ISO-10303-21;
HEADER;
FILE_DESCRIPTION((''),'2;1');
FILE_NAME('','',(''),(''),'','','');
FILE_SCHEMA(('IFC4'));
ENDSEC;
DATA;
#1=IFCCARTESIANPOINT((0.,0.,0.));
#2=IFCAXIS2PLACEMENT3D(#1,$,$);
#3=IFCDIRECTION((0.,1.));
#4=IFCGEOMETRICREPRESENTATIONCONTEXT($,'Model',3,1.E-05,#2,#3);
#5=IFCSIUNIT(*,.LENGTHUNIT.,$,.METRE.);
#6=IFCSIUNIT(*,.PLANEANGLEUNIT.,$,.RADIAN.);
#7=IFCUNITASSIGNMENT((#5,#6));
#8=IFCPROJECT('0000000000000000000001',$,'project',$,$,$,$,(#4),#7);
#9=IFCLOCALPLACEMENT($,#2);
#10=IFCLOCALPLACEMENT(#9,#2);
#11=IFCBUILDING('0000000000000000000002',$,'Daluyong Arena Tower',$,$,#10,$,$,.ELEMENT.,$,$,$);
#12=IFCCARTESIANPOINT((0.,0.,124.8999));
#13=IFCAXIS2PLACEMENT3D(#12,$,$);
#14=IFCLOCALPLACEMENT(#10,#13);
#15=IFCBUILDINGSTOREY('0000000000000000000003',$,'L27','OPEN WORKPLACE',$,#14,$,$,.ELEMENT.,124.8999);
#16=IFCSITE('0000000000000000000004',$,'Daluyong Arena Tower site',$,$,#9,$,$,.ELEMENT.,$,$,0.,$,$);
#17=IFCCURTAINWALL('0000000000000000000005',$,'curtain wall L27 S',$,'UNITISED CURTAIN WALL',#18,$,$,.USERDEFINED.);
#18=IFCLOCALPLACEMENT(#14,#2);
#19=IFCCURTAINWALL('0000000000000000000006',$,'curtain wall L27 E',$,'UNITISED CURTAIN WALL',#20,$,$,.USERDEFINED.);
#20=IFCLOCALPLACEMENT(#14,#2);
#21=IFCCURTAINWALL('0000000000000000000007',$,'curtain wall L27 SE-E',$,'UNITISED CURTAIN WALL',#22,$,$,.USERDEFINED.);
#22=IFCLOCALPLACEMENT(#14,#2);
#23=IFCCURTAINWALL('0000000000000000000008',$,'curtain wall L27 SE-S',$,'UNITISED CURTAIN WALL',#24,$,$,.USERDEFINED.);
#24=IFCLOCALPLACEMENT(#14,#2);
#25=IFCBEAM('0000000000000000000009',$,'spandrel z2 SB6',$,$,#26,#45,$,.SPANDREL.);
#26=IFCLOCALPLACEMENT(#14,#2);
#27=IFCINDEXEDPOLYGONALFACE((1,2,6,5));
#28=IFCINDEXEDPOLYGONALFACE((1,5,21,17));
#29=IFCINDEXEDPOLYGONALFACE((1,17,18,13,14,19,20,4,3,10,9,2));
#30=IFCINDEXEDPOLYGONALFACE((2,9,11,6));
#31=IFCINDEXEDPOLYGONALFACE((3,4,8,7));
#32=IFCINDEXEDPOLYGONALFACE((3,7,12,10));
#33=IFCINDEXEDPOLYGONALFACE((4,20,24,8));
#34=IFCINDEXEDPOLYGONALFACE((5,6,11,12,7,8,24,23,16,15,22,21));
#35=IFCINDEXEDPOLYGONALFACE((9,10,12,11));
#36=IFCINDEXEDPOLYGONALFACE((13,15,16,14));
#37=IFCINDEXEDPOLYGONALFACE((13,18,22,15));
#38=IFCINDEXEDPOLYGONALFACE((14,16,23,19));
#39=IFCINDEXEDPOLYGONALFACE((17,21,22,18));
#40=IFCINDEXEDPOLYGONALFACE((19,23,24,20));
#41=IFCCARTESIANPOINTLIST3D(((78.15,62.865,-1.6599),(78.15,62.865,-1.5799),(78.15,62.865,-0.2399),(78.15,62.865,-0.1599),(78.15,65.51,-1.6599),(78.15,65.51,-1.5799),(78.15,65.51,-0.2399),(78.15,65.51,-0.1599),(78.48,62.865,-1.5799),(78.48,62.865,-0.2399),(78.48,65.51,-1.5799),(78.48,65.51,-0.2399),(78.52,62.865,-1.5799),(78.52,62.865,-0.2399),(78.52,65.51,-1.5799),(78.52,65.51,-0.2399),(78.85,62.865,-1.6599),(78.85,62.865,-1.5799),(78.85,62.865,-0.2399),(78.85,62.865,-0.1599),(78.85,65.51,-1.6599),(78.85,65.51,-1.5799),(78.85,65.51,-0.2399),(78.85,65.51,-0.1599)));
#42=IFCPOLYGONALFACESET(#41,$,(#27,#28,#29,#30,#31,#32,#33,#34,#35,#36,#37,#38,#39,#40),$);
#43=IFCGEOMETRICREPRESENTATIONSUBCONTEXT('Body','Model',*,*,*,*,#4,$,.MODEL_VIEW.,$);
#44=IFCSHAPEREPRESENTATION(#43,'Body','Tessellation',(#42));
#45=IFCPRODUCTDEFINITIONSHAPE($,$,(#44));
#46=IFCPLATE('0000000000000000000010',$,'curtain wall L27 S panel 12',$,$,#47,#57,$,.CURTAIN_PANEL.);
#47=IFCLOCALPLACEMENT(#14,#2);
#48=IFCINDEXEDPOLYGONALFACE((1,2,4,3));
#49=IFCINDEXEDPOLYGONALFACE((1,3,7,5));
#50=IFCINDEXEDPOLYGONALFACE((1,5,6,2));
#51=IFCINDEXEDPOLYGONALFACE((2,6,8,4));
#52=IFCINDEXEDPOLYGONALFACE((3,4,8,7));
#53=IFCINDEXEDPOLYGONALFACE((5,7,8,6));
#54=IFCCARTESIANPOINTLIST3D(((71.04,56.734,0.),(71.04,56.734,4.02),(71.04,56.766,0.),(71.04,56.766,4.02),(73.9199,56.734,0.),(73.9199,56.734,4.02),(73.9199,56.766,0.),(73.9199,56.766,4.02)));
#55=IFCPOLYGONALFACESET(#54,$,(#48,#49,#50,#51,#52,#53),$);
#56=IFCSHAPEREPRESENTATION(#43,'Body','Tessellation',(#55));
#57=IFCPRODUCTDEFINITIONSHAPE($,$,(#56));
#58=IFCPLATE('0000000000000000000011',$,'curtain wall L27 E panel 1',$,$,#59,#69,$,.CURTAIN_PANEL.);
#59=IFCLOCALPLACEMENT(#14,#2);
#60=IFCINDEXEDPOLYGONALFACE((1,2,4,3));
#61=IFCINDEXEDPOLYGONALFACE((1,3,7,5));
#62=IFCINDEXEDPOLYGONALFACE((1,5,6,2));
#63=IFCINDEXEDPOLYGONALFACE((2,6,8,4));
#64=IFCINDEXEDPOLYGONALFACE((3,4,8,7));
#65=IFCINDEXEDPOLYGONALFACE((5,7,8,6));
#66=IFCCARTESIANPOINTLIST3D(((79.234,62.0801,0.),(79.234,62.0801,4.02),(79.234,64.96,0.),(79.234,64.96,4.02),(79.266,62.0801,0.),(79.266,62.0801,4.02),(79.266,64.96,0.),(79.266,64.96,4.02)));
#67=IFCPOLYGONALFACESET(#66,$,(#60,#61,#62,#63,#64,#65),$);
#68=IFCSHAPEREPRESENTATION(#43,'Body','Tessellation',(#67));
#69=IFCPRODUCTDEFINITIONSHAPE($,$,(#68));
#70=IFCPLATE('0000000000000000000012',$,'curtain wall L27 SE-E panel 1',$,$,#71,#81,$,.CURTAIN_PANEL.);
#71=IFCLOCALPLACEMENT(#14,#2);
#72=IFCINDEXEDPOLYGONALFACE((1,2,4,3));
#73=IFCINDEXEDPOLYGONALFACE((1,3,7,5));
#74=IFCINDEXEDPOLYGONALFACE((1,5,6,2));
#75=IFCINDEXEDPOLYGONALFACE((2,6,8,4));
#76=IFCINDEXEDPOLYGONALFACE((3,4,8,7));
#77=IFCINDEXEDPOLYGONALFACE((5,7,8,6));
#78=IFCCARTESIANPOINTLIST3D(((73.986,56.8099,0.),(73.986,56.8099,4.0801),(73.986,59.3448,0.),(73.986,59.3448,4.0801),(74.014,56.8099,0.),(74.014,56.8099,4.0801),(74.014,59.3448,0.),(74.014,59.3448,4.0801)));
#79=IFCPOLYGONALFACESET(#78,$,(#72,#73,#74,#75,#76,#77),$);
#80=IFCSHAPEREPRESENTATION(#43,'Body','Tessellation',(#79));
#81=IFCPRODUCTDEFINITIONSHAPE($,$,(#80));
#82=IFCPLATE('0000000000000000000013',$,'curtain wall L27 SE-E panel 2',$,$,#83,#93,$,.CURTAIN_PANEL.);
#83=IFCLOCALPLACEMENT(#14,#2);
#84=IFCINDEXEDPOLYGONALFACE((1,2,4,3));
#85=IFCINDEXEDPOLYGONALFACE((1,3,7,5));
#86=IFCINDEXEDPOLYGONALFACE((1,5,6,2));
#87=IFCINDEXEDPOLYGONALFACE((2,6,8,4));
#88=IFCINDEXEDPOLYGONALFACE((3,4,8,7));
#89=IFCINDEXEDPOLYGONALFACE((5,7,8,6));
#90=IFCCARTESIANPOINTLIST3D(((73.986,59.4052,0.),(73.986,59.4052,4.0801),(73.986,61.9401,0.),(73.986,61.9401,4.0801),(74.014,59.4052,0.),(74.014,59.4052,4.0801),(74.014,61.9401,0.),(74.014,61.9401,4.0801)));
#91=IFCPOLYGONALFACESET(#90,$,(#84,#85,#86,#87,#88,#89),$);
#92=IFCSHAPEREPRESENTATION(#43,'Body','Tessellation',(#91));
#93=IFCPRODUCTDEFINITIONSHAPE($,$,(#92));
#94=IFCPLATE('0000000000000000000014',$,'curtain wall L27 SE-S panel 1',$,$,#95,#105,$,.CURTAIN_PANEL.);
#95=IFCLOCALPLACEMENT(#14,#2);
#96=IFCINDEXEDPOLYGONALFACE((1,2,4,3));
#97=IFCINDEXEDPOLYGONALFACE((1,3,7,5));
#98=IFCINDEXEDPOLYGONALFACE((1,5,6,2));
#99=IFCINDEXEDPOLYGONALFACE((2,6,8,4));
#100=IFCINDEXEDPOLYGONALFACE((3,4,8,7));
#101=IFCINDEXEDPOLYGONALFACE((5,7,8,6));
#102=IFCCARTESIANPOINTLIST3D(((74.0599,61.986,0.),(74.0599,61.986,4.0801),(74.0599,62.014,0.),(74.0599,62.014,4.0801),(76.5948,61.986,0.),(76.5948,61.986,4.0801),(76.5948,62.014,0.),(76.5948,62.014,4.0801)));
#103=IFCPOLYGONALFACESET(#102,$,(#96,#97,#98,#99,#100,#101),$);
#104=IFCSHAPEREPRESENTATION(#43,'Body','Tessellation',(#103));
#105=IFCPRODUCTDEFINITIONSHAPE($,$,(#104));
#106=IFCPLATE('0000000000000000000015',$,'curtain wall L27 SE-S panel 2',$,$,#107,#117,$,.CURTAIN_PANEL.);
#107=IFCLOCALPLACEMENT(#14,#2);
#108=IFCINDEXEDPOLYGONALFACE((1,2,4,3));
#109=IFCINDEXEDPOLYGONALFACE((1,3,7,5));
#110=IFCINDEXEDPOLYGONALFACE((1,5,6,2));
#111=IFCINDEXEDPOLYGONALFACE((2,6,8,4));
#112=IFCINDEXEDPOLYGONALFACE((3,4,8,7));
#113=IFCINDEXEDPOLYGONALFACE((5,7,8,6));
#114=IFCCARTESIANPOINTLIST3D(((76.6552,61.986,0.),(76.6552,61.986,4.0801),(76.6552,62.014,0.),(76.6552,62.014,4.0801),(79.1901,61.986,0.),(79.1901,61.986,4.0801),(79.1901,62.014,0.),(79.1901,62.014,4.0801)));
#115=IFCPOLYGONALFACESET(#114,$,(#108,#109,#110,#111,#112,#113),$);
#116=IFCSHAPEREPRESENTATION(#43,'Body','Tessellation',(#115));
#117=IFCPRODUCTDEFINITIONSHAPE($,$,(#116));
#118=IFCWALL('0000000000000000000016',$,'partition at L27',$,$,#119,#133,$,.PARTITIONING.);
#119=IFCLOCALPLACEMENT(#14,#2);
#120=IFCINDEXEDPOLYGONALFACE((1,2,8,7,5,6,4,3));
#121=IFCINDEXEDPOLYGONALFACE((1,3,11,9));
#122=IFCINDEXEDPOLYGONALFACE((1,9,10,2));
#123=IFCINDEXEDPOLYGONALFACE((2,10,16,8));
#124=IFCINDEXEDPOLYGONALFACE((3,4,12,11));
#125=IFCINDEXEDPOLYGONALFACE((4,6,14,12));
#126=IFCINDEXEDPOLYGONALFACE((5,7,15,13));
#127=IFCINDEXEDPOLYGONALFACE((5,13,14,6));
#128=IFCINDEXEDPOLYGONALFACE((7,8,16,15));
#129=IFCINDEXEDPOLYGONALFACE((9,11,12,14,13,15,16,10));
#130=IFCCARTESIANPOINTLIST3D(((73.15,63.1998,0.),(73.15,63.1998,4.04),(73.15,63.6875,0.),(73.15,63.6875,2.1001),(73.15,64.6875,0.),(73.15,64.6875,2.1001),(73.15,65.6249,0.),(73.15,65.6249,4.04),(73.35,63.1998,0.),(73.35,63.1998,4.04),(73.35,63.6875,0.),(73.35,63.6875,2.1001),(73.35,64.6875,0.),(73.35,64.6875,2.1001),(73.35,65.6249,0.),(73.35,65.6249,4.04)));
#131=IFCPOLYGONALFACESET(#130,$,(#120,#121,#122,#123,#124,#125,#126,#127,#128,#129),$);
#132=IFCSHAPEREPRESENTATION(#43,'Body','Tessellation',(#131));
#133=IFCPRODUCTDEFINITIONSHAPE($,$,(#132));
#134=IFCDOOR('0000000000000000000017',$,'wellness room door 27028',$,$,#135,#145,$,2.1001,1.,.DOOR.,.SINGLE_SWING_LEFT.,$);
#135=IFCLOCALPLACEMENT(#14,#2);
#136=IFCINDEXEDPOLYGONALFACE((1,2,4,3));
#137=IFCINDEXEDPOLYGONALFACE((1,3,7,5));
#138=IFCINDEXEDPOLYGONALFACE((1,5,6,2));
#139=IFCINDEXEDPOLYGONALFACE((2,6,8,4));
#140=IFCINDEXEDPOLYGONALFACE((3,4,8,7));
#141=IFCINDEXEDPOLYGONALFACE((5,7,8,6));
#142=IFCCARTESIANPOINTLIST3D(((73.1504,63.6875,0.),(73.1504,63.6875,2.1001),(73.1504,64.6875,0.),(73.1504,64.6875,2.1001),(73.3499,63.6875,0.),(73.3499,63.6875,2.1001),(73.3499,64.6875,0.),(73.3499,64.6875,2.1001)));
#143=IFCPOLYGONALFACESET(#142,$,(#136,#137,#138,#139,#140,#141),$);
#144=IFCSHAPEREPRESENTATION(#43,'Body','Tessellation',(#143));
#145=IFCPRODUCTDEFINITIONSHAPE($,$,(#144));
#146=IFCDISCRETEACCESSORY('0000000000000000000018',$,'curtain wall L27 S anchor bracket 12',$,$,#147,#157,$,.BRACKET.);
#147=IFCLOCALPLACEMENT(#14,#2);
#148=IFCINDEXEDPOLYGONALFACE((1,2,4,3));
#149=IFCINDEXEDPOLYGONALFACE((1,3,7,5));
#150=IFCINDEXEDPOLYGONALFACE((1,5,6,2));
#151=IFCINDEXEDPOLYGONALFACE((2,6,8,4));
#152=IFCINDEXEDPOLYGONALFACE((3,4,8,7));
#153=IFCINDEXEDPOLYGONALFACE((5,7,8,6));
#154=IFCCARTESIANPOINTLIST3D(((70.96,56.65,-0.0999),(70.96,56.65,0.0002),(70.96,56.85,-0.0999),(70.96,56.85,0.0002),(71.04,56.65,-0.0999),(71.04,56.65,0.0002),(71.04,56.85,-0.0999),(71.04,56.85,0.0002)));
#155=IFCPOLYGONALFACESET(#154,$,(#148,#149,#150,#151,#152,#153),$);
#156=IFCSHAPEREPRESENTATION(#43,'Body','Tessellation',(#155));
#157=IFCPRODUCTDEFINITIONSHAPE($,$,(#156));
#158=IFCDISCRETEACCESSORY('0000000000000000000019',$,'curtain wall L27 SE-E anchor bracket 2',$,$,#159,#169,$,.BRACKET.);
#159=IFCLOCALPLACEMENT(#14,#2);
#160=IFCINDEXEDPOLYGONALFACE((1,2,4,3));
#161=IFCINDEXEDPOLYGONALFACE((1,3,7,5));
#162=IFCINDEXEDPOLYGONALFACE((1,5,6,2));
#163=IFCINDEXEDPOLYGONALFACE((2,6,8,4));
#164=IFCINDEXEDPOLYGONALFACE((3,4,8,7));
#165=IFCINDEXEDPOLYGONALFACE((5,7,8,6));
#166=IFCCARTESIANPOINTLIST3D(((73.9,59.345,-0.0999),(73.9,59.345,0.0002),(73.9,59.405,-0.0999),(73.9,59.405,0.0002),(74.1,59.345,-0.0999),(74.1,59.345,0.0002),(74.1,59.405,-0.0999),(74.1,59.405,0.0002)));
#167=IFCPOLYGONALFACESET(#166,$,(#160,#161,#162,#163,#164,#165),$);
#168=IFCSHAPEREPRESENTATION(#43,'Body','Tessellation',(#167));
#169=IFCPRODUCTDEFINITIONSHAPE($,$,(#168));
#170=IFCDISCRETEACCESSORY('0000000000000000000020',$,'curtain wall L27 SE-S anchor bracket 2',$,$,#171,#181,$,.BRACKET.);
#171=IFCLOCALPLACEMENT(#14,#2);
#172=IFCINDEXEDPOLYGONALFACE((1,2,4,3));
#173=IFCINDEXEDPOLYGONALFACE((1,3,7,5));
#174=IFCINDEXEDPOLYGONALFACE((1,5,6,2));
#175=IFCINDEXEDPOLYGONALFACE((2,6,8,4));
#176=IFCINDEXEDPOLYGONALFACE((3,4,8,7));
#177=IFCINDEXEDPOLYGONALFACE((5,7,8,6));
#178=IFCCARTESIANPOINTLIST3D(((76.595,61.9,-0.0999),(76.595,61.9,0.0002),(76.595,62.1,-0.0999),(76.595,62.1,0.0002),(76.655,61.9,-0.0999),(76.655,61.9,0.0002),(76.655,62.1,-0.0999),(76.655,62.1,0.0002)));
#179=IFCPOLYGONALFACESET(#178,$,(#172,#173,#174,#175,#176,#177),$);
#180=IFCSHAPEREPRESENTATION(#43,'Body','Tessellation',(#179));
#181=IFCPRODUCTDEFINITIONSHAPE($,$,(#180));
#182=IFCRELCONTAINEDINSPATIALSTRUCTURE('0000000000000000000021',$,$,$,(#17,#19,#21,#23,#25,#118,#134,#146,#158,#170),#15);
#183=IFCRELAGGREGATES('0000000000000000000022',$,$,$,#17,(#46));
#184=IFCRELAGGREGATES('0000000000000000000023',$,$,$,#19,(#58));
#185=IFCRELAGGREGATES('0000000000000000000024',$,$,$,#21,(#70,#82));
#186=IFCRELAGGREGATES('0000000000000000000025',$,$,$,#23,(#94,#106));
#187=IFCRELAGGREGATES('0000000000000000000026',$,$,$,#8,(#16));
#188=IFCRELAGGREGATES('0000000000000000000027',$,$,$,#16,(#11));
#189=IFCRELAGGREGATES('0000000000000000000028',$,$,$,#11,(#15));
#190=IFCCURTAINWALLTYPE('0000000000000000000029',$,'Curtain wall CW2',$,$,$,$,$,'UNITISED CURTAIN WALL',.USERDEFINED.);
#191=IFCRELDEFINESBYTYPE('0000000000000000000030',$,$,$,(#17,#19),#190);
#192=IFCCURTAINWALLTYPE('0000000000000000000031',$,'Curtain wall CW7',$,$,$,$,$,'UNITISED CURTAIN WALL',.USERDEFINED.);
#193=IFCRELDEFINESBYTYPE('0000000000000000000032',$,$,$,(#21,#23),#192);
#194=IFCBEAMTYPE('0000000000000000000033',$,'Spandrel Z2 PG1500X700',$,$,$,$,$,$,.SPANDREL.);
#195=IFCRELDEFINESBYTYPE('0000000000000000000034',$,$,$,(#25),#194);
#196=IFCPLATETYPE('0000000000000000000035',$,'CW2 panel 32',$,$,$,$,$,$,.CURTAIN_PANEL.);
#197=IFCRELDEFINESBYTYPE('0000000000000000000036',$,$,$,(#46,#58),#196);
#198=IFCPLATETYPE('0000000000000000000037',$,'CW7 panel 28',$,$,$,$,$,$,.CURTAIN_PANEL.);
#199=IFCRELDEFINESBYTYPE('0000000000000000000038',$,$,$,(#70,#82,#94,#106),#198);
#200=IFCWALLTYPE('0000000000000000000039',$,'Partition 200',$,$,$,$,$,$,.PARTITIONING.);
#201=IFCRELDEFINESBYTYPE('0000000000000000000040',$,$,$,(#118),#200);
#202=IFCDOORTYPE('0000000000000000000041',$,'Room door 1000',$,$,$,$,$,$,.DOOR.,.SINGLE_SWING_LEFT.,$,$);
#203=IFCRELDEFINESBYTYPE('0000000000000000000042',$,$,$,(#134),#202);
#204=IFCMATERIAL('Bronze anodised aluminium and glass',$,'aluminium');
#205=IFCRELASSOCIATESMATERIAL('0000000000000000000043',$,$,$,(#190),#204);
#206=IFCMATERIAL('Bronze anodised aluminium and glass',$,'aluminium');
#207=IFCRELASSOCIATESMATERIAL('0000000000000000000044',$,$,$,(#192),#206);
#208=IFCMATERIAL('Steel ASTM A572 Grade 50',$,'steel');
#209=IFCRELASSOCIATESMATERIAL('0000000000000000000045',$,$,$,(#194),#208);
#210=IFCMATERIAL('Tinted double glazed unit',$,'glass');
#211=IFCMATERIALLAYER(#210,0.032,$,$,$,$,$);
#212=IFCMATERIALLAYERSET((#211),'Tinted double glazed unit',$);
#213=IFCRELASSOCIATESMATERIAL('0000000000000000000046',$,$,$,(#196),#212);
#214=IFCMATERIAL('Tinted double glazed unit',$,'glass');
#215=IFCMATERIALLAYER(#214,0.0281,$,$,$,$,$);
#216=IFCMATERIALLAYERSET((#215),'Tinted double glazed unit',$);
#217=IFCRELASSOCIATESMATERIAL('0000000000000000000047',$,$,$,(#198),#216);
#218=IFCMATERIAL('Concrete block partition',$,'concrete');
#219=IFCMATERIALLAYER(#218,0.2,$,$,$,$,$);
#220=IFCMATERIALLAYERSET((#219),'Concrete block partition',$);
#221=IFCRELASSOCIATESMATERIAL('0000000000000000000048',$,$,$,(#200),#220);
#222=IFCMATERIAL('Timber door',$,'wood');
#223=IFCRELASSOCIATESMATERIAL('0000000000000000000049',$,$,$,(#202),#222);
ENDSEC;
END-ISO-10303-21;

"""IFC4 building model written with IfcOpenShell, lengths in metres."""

from ifc_helpers import new_model, si_unit, direction, frame, frame_2d, origin, origin_2d, place, context, subcontext, project, spatial, rectangle, i_section, extrude, material, layer, layer_set, material_profile, profile_set, type_object, element, fill, aggregate, save


model = new_model("IFC4")

# Units and contexts
model_context = context("Model", 3, precision=1e-05, world=origin(), true_north=direction((0.0, 1.0)))
body_context = subcontext(model_context, "Body", "Model", "MODEL_VIEW")
ifc_project = project(units=[si_unit("LENGTHUNIT", "METRE"), si_unit("PLANEANGLEUNIT", "RADIAN")], contexts=[model_context])

# Site, building, storey
site_placement = place(None, origin())
site = spatial("IfcSite", under=ifc_project, at=site_placement, Name="Daluyong Arena Tower site", CompositionType="ELEMENT", RefElevation=0.0)
building_placement = place(site_placement, origin())
building = spatial("IfcBuilding", under=site, at=building_placement, Name="Daluyong Arena Tower", CompositionType="ELEMENT")
storey_placement = place(building_placement, frame((0.0, 0.0, 124.8999)))
storey = spatial("IfcBuildingStorey", under=building, at=storey_placement, Name="L27", Description="OPEN WORKPLACE", CompositionType="ELEMENT", Elevation=124.8999)

# Curtain wall
ifc_material_1 = material(Name="Bronze anodised aluminium and glass", Category="aluminium")
curtain_wall_type_1 = type_object("IfcCurtainWallType", Name="Curtain wall CW2", ElementType="UNITISED CURTAIN WALL", PredefinedType="USERDEFINED", material=ifc_material_1)
curtain_wall_1_placement = place(storey_placement, origin())
curtain_wall_1 = element("IfcCurtainWall", 1, at=curtain_wall_1_placement, inside=storey, type_object=curtain_wall_type_1, Name="curtain wall L27 S", ObjectType="UNITISED CURTAIN WALL", PredefinedType="USERDEFINED")

# Curtain wall
curtain_wall_2_placement = place(storey_placement, origin())
curtain_wall_2 = element("IfcCurtainWall", 2, at=curtain_wall_2_placement, inside=storey, type_object=curtain_wall_type_1, Name="curtain wall L27 E", ObjectType="UNITISED CURTAIN WALL", PredefinedType="USERDEFINED")

# Curtain walls
ifc_material_2 = material(Name="Bronze anodised aluminium and glass", Category="aluminium")
curtain_wall_type_2 = type_object("IfcCurtainWallType", Name="Curtain wall CW7", ElementType="UNITISED CURTAIN WALL", PredefinedType="USERDEFINED", material=ifc_material_2)
curtain_wall_3_placement = place(storey_placement, origin())
curtain_wall_3 = element("IfcCurtainWall", 3, at=curtain_wall_3_placement, inside=storey, type_object=curtain_wall_type_2, Name="curtain wall L27 SE-E", ObjectType="UNITISED CURTAIN WALL", PredefinedType="USERDEFINED")
curtain_wall_4_placement = place(storey_placement, origin())
curtain_wall_4 = element("IfcCurtainWall", 4, at=curtain_wall_4_placement, inside=storey, type_object=curtain_wall_type_2, Name="curtain wall L27 SE-S", ObjectType="UNITISED CURTAIN WALL", PredefinedType="USERDEFINED")

# Beam
ifc_material_3 = material(Name="Steel ASTM A572 Grade 50", Category="steel")
ifc_material_profile_1 = material_profile(ifc_material_3, i_section(OverallWidth=0.7, OverallDepth=1.5, WebThickness=0.04, FlangeThickness=0.08, at=origin_2d()))
ifc_profile_set_1 = profile_set([ifc_material_profile_1], Name="Steel ASTM A572 Grade 50")
beam_type_1 = type_object("IfcBeamType", Name="Spandrel Z2 PG1500X700", PredefinedType="SPANDREL", material=ifc_profile_set_1)
beam_1_placement = place(storey_placement, frame((78.5, 62.865, -0.9099), z_axis=(0.0, 1.0, 0.0), x_axis=(-1.0, 0.0, 0.0)))
element("IfcBeam", 5, at=beam_1_placement, inside=storey, type_object=beam_type_1, Name="spandrel z2 SB6", PredefinedType="SPANDREL", context=body_context, shape_type="SweptSolid", body=[
    extrude(i_section(OverallWidth=0.7, OverallDepth=1.5, WebThickness=0.04, FlangeThickness=0.08, at=origin_2d()), origin(), (0.0, 0.0, 1.0), 2.645),
])

# Plates
ifc_material_4 = material(Name="Tinted double glazed unit", Category="glass")
ifc_layer_1 = layer(ifc_material_4, 0.032)
ifc_layer_set_1 = layer_set([ifc_layer_1], Name="Tinted double glazed unit")
plate_type_1 = type_object("IfcPlateType", Name="CW2 panel 32", PredefinedType="CURTAIN_PANEL", material=ifc_layer_set_1)
plate_1_placement = place(storey_placement, frame((72.48, 56.75, 0.0), z_axis=(0.0, 0.0, 1.0), x_axis=(1.0, 0.0, 0.0)))
plate_1 = element("IfcPlate", 6, at=plate_1_placement, type_object=plate_type_1, Name="curtain wall L27 S panel 12", PredefinedType="CURTAIN_PANEL", context=body_context, shape_type="SweptSolid", body=[
    extrude(rectangle(XDim=2.8799, YDim=0.032, at=origin_2d()), origin(), (0.0, 0.0, 1.0), 4.02),
])
aggregate(curtain_wall_1, [plate_1])
plate_2_placement = place(storey_placement, frame((79.25, 63.52, 0.0), z_axis=(0.0, 0.0, 1.0), x_axis=(0.0, 1.0, 0.0)))
plate_2 = element("IfcPlate", 7, at=plate_2_placement, type_object=plate_type_1, Name="curtain wall L27 E panel 1", PredefinedType="CURTAIN_PANEL", context=body_context, shape_type="SweptSolid", body=[
    extrude(rectangle(XDim=2.8799, YDim=0.032, at=origin_2d()), origin(), (0.0, 0.0, 1.0), 4.02),
])
aggregate(curtain_wall_2, [plate_2])
ifc_material_5 = material(Name="Tinted double glazed unit", Category="glass")
ifc_layer_2 = layer(ifc_material_5, 0.0281)
ifc_layer_set_2 = layer_set([ifc_layer_2], Name="Tinted double glazed unit")
plate_type_2 = type_object("IfcPlateType", Name="CW7 panel 28", PredefinedType="CURTAIN_PANEL", material=ifc_layer_set_2)
plate_3_placement = place(storey_placement, frame((74.0, 58.0774, 0.0), z_axis=(0.0, 0.0, 1.0), x_axis=(0.0, 1.0, 0.0)))
plate_3 = element("IfcPlate", 8, at=plate_3_placement, type_object=plate_type_2, Name="curtain wall L27 SE-E panel 1", PredefinedType="CURTAIN_PANEL", context=body_context, shape_type="SweptSolid", body=[
    extrude(rectangle(XDim=2.5349, YDim=0.0281, at=origin_2d()), origin(), (0.0, 0.0, 1.0), 4.0801),
])
plate_4_placement = place(storey_placement, frame((74.0, 60.6726, 0.0), z_axis=(0.0, 0.0, 1.0), x_axis=(0.0, 1.0, 0.0)))
plate_4 = element("IfcPlate", 9, at=plate_4_placement, type_object=plate_type_2, Name="curtain wall L27 SE-E panel 2", PredefinedType="CURTAIN_PANEL", context=body_context, shape_type="SweptSolid", body=[
    extrude(rectangle(XDim=2.5349, YDim=0.0281, at=origin_2d()), origin(), (0.0, 0.0, 1.0), 4.0801),
])
aggregate(curtain_wall_3, [plate_3, plate_4])
plate_5_placement = place(storey_placement, frame((75.3274, 62.0, 0.0), z_axis=(0.0, 0.0, 1.0), x_axis=(1.0, 0.0, 0.0)))
plate_5 = element("IfcPlate", 10, at=plate_5_placement, type_object=plate_type_2, Name="curtain wall L27 SE-S panel 1", PredefinedType="CURTAIN_PANEL", context=body_context, shape_type="SweptSolid", body=[
    extrude(rectangle(XDim=2.5349, YDim=0.0281, at=origin_2d()), origin(), (0.0, 0.0, 1.0), 4.0801),
])
plate_6_placement = place(storey_placement, frame((77.9226, 62.0, 0.0), z_axis=(0.0, 0.0, 1.0), x_axis=(1.0, 0.0, 0.0)))
plate_6 = element("IfcPlate", 11, at=plate_6_placement, type_object=plate_type_2, Name="curtain wall L27 SE-S panel 2", PredefinedType="CURTAIN_PANEL", context=body_context, shape_type="SweptSolid", body=[
    extrude(rectangle(XDim=2.5349, YDim=0.0281, at=origin_2d()), origin(), (0.0, 0.0, 1.0), 4.0801),
])
aggregate(curtain_wall_4, [plate_5, plate_6])

# Wall, opening, door
ifc_material_6 = material(Name="Concrete block partition", Category="concrete")
ifc_layer_3 = layer(ifc_material_6, 0.2)
ifc_layer_set_3 = layer_set([ifc_layer_3], Name="Concrete block partition")
wall_type = type_object("IfcWallType", Name="Partition 200", PredefinedType="PARTITIONING", material=ifc_layer_set_3)
wall_placement = place(storey_placement, frame((73.25, 63.2, 0.0), z_axis=(0.0, 0.0, 1.0), x_axis=(0.0, 1.0, 0.0)))
wall = element("IfcWall", 12, at=wall_placement, inside=storey, type_object=wall_type, Name="partition at L27", PredefinedType="PARTITIONING", context=body_context, shape_type="SweptSolid", body=[
    extrude(rectangle(XDim=2.425, YDim=0.2, at=frame_2d((1.2124, 0.0))), origin(), (0.0, 0.0, 1.0), 4.04),
])
opening_placement = place(wall_placement, frame((0.4875, 0.0, 0.0)))
opening = element("IfcOpeningElement", 13, at=opening_placement, cuts=wall, PredefinedType="OPENING", context=body_context, shape_type="SweptSolid", body=[
    extrude(rectangle(XDim=1.0, YDim=2.1001, at=frame_2d((0.5, 1.05))), frame((0.0, 0.1099, 0.0), z_axis=(0.0, -1.0, 0.0), x_axis=(1.0, 0.0, 0.0)), (0.0, 0.0, 1.0), 0.22),
])
ifc_material_7 = material(Name="Timber door", Category="wood")
door_type = type_object("IfcDoorType", Name="Room door 1000", OperationType="SINGLE_SWING_LEFT", PredefinedType="DOOR", material=ifc_material_7)
door_placement = place(opening_placement, origin())
door = element("IfcDoor", 14, at=door_placement, inside=storey, type_object=door_type, Name="wellness room door 27028", OperationType="SINGLE_SWING_LEFT", OverallHeight=2.1001, OverallWidth=1.0, PredefinedType="DOOR", context=body_context, shape_type="SweptSolid", body=[
    extrude(rectangle(XDim=1.0, YDim=2.1001, at=frame_2d((0.5, 1.05))), frame((0.0, 0.0996, 0.0), z_axis=(0.0, -1.0, 0.0), x_axis=(1.0, 0.0, 0.0)), (0.0, 0.0, 1.0), 0.1995),
])
fill(opening, door)

# Discrete accessories
discrete_accessory_placement = place(storey_placement, frame((71.0, 56.75, -0.0999), z_axis=(0.0, 0.0, 1.0), x_axis=(1.0, 0.0, 0.0)))
element("IfcDiscreteAccessory", 15, at=discrete_accessory_placement, inside=storey, Name="curtain wall L27 S anchor bracket 12", PredefinedType="BRACKET", context=body_context, shape_type="SweptSolid", body=[
    extrude(rectangle(XDim=0.0801, YDim=0.2, at=origin_2d()), origin(), (0.0, 0.0, 1.0), 0.1001),
])
for number, where, z_axis, x_axis, name in (
    (16, (74.0, 59.375, -0.0999), (0.0, 0.0, 1.0), (0.0, 1.0, 0.0), "curtain wall L27 SE-E anchor bracket 2"),
    (17, (76.625, 62.0, -0.0999), (0.0, 0.0, 1.0), (1.0, 0.0, 0.0), "curtain wall L27 SE-S anchor bracket 2"),
):
    element("IfcDiscreteAccessory", number, at=place(storey_placement, frame(where, z_axis=z_axis, x_axis=x_axis)), inside=storey, Name=name, PredefinedType="BRACKET", context=body_context, shape_type="SweptSolid", body=[
        extrude(rectangle(XDim=0.0601, YDim=0.2, at=origin_2d()), origin(), (0.0, 0.0, 1.0), 0.1001),
    ])

save(model, "model.ifc")
